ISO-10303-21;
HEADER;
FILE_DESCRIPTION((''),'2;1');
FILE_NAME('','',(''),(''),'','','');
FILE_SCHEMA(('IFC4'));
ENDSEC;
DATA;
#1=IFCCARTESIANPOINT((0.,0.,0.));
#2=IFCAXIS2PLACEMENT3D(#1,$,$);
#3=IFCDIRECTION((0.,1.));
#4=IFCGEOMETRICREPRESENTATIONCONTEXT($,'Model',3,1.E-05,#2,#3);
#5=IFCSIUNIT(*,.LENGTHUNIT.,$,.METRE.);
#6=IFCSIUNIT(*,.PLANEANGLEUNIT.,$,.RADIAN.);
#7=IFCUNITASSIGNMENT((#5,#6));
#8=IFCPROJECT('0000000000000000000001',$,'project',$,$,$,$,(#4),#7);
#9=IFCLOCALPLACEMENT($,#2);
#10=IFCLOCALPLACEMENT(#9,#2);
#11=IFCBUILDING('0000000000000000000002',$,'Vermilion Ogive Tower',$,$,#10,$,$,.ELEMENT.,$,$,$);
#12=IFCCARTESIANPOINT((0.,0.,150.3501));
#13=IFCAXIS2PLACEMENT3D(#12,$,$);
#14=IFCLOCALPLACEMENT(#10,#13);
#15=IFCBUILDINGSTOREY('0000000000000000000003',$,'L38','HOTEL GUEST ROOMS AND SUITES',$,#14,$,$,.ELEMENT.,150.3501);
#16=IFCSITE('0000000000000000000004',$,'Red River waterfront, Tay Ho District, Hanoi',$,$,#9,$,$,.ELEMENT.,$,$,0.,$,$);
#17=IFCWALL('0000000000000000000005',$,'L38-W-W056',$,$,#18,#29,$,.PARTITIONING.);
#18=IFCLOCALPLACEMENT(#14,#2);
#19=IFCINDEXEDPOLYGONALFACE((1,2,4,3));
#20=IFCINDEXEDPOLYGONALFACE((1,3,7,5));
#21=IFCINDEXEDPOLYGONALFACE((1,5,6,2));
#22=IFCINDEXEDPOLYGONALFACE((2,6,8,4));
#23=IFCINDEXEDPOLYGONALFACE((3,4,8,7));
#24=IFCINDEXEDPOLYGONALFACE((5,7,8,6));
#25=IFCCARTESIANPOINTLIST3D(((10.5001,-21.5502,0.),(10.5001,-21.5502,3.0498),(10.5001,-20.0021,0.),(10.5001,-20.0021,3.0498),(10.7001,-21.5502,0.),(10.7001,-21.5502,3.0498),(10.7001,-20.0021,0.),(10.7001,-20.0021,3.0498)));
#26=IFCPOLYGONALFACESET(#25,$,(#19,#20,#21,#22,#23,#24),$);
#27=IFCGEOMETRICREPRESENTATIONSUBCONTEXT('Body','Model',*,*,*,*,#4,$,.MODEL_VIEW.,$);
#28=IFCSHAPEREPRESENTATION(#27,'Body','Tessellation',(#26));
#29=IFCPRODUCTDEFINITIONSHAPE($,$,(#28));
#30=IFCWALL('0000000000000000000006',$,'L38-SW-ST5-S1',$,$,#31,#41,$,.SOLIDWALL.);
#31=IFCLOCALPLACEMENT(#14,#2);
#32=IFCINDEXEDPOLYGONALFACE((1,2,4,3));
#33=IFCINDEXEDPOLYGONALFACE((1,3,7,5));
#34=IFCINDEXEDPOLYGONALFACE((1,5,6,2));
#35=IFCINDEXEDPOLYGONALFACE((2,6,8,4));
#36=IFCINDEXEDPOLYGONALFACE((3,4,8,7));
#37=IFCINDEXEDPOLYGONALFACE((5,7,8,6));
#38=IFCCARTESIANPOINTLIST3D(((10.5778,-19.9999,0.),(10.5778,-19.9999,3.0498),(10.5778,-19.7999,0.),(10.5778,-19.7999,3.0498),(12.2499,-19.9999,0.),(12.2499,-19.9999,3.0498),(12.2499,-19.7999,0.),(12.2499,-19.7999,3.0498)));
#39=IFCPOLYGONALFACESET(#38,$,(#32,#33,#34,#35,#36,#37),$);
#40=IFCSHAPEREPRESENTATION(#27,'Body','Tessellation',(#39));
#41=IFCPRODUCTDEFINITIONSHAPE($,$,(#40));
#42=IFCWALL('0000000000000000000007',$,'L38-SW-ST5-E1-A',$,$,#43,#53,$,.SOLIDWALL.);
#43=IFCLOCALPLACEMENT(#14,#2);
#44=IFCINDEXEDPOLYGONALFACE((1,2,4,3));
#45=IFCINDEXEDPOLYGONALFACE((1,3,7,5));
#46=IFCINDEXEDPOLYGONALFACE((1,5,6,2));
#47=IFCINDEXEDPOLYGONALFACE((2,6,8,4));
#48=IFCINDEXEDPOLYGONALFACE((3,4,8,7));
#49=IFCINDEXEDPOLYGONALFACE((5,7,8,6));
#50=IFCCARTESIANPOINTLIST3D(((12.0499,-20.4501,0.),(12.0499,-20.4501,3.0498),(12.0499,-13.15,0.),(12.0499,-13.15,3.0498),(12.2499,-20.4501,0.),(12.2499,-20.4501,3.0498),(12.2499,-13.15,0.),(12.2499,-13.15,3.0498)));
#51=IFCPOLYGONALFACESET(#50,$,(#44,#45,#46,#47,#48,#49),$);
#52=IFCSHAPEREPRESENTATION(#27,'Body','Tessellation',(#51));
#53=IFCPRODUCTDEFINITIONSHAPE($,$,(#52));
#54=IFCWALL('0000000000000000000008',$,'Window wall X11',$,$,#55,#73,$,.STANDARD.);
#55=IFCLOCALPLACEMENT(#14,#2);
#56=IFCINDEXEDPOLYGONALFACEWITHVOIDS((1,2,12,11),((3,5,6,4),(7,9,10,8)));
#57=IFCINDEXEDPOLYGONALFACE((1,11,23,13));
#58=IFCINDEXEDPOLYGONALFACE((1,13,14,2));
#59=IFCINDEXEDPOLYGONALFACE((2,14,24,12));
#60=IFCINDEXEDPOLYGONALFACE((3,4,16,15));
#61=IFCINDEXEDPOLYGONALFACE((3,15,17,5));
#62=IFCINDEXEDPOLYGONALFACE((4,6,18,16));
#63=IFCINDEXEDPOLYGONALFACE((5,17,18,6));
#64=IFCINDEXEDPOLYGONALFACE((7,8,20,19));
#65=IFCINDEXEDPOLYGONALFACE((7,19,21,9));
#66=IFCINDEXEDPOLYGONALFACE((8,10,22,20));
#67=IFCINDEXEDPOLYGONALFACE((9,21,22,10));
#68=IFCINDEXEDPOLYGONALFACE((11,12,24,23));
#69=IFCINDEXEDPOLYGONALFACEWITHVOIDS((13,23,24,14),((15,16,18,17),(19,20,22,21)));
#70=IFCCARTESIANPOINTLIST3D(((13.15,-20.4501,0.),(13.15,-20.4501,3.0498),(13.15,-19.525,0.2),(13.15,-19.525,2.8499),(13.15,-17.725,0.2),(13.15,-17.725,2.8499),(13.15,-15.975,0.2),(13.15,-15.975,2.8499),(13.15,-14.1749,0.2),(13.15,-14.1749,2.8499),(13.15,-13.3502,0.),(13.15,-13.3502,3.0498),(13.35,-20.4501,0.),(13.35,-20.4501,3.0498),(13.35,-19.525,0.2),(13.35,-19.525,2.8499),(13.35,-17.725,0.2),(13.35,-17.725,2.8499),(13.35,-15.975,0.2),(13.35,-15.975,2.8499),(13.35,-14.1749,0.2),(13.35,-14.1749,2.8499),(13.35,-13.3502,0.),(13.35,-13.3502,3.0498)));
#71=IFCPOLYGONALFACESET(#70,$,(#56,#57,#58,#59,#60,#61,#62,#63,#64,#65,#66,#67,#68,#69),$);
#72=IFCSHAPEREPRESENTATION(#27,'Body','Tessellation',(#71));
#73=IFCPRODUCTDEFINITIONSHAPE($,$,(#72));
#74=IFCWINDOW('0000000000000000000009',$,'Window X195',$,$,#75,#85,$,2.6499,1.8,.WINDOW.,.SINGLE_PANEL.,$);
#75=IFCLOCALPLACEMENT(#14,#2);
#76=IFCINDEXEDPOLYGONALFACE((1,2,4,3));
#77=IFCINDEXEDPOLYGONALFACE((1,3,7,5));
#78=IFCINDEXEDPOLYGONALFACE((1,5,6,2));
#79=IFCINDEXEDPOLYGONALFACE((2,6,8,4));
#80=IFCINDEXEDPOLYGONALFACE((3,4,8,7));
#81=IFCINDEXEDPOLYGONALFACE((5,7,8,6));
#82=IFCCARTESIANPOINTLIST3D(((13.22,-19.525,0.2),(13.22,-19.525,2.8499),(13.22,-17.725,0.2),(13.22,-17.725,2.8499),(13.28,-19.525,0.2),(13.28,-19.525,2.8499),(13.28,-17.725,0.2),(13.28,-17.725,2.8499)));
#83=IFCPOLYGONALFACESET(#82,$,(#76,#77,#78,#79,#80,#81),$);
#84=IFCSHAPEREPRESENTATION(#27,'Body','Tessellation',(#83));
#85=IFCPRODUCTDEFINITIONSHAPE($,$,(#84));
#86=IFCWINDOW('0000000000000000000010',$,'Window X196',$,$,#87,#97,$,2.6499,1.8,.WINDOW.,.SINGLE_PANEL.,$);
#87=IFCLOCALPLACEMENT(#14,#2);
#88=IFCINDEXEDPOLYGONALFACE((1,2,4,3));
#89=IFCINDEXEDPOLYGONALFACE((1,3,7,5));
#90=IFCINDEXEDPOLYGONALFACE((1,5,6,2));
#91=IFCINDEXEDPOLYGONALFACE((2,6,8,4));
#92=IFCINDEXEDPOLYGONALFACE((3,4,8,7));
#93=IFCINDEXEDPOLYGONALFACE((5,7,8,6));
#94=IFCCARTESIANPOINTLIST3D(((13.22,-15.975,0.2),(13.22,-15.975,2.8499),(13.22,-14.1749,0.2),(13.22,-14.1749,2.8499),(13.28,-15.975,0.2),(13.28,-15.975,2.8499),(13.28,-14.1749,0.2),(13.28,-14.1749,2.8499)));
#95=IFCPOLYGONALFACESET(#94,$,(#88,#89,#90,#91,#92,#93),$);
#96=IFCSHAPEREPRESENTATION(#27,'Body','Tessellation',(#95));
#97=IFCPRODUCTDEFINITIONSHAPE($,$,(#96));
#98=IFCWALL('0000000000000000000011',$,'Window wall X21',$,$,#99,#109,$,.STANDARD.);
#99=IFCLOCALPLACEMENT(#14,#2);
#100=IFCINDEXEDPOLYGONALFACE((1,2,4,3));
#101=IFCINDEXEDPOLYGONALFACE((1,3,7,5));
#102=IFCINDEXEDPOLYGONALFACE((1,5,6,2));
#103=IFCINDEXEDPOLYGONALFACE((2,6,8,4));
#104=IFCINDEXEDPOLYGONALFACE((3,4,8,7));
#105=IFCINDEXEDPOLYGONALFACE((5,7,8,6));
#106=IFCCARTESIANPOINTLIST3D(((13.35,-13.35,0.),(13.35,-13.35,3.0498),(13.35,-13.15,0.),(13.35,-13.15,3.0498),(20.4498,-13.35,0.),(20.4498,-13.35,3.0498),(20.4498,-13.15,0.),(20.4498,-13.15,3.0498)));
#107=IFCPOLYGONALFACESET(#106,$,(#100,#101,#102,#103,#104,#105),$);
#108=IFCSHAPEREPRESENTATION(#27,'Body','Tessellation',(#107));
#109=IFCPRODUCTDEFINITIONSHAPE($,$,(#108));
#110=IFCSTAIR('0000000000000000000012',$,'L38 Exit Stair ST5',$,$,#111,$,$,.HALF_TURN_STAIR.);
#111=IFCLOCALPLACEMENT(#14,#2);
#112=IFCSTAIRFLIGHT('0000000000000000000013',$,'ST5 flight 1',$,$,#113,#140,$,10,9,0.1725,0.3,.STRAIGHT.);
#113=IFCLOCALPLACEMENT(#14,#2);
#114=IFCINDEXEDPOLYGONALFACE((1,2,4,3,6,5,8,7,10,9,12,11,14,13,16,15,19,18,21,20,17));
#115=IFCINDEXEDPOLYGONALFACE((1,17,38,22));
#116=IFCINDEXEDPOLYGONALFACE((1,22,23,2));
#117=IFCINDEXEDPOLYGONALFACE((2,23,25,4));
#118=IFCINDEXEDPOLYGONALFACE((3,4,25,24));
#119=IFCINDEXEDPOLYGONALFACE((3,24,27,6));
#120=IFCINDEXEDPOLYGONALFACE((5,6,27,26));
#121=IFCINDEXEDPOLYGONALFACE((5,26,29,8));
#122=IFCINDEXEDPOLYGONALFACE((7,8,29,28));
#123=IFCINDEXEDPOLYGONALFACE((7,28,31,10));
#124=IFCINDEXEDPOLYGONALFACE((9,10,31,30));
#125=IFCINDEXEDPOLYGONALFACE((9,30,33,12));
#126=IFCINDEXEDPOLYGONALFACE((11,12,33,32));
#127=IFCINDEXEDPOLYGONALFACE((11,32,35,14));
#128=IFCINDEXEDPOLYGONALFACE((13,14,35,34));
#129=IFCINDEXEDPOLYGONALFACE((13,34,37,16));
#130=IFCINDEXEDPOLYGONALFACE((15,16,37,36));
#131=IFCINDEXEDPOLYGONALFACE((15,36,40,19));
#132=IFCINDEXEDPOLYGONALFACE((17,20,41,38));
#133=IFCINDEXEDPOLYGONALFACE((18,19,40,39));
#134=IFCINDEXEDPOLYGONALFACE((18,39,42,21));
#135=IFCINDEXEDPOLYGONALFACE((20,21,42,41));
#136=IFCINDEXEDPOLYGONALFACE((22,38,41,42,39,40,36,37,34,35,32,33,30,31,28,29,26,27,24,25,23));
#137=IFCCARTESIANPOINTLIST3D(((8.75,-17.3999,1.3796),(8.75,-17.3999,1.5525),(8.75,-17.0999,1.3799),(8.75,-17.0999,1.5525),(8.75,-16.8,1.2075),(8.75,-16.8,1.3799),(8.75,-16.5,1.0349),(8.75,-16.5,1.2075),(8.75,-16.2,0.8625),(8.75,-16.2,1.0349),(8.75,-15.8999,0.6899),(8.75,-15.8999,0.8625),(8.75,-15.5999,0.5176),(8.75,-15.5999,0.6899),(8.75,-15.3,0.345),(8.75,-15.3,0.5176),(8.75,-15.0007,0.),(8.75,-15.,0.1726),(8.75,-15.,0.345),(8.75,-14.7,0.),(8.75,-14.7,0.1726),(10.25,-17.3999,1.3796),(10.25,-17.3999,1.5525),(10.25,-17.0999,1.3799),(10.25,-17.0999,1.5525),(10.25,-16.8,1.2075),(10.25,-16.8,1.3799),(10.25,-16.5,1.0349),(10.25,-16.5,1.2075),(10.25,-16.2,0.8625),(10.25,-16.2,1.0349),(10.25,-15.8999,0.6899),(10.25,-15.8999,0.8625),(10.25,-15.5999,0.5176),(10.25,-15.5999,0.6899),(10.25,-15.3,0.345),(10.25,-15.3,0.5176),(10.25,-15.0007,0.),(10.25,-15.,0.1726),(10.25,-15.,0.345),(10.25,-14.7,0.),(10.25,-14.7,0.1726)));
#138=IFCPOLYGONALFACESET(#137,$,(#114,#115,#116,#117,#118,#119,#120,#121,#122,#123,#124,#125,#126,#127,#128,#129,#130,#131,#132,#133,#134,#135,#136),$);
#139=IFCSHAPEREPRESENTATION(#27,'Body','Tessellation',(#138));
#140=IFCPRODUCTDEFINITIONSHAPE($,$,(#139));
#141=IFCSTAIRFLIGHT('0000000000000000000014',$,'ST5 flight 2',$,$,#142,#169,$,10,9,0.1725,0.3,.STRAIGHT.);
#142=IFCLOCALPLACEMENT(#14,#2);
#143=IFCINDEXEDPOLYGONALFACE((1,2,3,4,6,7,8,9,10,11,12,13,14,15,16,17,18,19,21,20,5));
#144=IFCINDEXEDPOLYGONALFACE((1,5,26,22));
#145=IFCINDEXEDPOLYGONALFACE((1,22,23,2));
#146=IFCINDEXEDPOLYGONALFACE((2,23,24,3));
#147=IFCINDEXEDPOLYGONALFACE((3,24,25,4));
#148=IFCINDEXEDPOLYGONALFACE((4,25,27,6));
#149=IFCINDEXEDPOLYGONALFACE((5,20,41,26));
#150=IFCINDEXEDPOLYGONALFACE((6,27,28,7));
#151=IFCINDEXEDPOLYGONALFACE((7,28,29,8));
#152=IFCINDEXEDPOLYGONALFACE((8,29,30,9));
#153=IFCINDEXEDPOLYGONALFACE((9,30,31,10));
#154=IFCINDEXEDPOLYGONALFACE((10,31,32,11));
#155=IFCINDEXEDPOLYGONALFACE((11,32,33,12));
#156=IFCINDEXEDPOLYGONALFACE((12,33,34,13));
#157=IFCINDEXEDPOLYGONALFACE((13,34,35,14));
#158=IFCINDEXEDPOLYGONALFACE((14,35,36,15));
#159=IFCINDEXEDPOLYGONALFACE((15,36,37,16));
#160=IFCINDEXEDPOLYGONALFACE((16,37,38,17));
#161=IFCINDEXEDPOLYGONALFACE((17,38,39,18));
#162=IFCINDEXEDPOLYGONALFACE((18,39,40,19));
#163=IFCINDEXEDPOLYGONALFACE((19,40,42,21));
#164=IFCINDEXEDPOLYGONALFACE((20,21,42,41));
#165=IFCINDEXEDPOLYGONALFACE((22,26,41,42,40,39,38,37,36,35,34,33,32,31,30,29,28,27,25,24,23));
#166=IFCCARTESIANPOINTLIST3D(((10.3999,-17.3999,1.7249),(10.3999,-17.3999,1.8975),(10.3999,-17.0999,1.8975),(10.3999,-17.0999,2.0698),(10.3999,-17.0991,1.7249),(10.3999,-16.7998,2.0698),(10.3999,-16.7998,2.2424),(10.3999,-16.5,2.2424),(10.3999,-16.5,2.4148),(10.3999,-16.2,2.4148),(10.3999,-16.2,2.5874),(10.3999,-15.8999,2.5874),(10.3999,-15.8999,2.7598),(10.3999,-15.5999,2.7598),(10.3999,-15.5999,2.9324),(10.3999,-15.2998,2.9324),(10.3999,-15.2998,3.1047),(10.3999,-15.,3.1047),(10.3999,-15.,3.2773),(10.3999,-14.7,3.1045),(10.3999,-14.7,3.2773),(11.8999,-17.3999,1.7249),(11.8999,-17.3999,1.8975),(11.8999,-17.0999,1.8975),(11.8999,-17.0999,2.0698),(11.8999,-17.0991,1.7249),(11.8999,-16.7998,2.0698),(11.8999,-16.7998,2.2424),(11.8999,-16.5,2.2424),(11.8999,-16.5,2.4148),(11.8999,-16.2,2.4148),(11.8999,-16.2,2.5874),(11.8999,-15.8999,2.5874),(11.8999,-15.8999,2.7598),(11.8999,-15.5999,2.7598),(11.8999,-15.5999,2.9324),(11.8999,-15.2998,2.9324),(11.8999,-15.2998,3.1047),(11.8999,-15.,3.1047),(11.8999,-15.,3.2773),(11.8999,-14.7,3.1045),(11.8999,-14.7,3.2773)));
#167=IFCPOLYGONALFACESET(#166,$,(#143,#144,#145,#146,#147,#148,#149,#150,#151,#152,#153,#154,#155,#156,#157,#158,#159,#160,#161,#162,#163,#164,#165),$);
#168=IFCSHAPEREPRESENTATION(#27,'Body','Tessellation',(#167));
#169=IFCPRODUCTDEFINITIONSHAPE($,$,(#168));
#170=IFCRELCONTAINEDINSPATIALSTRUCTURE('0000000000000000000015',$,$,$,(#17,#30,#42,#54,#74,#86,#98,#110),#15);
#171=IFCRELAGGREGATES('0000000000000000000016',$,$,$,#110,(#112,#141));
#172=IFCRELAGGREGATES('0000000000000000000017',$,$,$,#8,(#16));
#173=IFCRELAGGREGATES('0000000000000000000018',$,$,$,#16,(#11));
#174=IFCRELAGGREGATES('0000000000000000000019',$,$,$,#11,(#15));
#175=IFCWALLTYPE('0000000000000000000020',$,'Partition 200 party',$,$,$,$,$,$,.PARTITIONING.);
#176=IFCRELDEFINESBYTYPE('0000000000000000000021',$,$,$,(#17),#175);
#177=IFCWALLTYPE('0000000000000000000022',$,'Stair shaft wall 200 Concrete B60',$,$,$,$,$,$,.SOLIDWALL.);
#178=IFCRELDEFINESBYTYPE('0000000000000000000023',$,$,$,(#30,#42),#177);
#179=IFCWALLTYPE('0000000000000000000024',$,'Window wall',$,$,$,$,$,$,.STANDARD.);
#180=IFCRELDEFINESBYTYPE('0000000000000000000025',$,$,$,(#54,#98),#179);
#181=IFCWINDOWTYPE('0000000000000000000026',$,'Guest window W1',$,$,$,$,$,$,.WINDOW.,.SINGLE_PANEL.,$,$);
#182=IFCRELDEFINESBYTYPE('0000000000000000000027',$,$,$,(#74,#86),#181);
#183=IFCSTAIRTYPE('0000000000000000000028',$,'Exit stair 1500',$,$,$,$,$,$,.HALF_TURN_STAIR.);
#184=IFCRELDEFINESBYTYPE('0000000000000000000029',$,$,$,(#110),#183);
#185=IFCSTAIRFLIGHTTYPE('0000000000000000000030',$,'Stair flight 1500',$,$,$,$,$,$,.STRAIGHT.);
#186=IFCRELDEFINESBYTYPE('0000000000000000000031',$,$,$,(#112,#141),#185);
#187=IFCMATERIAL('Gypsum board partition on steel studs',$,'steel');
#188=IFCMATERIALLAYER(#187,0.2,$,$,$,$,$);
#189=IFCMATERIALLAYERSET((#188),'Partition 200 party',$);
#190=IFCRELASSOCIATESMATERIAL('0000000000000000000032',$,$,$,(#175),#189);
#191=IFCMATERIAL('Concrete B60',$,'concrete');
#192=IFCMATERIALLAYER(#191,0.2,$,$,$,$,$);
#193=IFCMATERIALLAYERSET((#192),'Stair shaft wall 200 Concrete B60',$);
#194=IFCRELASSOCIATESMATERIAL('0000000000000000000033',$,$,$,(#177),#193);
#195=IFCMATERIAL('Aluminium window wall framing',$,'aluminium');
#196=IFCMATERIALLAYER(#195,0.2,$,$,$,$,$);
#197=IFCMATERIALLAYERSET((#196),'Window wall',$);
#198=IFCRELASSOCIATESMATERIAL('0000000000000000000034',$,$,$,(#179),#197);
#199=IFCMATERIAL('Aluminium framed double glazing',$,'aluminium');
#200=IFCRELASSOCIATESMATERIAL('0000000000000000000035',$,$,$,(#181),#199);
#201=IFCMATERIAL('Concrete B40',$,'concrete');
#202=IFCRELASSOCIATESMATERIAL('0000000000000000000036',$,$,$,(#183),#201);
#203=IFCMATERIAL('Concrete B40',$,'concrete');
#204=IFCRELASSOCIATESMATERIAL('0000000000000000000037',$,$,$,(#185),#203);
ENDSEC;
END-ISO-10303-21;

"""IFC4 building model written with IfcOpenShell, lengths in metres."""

from ifc_helpers import new_model, si_unit, direction, frame, frame_2d, origin, place, context, subcontext, project, spatial, polyline, rectangle, outline, extrude, material, layer, layer_set, type_object, element, fill, aggregate, save


model = new_model("IFC4")

# Units and contexts
model_context = context("Model", 3, precision=1e-05, world=origin(), true_north=direction((0.0, 1.0)))
body_context = subcontext(model_context, "Body", "Model", "MODEL_VIEW")
ifc_project = project(units=[si_unit("LENGTHUNIT", "METRE"), si_unit("PLANEANGLEUNIT", "RADIAN")], contexts=[model_context])

# Site, building, storey
site_placement = place(None, origin())
site = spatial("IfcSite", under=ifc_project, at=site_placement, Name="Red River waterfront, Tay Ho District, Hanoi", CompositionType="ELEMENT", RefElevation=0.0)
building_placement = place(site_placement, origin())
building = spatial("IfcBuilding", under=site, at=building_placement, Name="Vermilion Ogive Tower", CompositionType="ELEMENT")
storey_placement = place(building_placement, frame((0.0, 0.0, 150.3501)))
storey = spatial("IfcBuildingStorey", under=building, at=storey_placement, Name="L38", Description="HOTEL GUEST ROOMS AND SUITES", CompositionType="ELEMENT", Elevation=150.3501)

# Walls
ifc_material_1 = material(Name="Gypsum board partition on steel studs", Category="steel")
ifc_layer_1 = layer(ifc_material_1, 0.2)
ifc_layer_set_1 = layer_set([ifc_layer_1], Name="Partition 200 party")
wall_type_1 = type_object("IfcWallType", Name="Partition 200 party", PredefinedType="PARTITIONING", material=ifc_layer_set_1)
wall_1_placement = place(storey_placement, frame((10.6001, -21.55, 0.0), z_axis=(0.0, 0.0, 1.0), x_axis=(0.0, 1.0, 0.0)))
element("IfcWall", 1, at=wall_1_placement, inside=storey, type_object=wall_type_1, Name="L38-W-W056", PredefinedType="PARTITIONING", context=body_context, shape_type="SweptSolid", body=[
    extrude(rectangle(XDim=1.5481, YDim=0.2, at=frame_2d((0.7739, 0.0))), origin(), (0.0, 0.0, 1.0), 3.0498),
])
ifc_material_2 = material(Name="Concrete B60", Category="concrete")
ifc_layer_2 = layer(ifc_material_2, 0.2)
ifc_layer_set_2 = layer_set([ifc_layer_2], Name="Stair shaft wall 200 Concrete B60")
wall_type_2 = type_object("IfcWallType", Name="Stair shaft wall 200 Concrete B60", PredefinedType="SOLIDWALL", material=ifc_layer_set_2)
wall_2_placement = place(storey_placement, frame((10.5779, -19.8999, 0.0), z_axis=(0.0, 0.0, 1.0), x_axis=(1.0, 0.0, 0.0)))
element("IfcWall", 2, at=wall_2_placement, inside=storey, type_object=wall_type_2, Name="L38-SW-ST5-S1", PredefinedType="SOLIDWALL", context=body_context, shape_type="SweptSolid", body=[
    extrude(rectangle(XDim=1.6721, YDim=0.2, at=frame_2d((0.8359, 0.0))), origin(), (0.0, 0.0, 1.0), 3.0498),
])
wall_3_placement = place(storey_placement, frame((12.1499, -20.45, 0.0), z_axis=(0.0, 0.0, 1.0), x_axis=(0.0, 1.0, 0.0)))
element("IfcWall", 3, at=wall_3_placement, inside=storey, type_object=wall_type_2, Name="L38-SW-ST5-E1-A", PredefinedType="SOLIDWALL", context=body_context, shape_type="SweptSolid", body=[
    extrude(rectangle(XDim=7.3, YDim=0.2, at=frame_2d((3.6499, 0.0))), origin(), (0.0, 0.0, 1.0), 3.0498),
])

# Wall, openings, windows
ifc_material_3 = material(Name="Aluminium window wall framing", Category="aluminium")
ifc_layer_3 = layer(ifc_material_3, 0.2)
ifc_layer_set_3 = layer_set([ifc_layer_3], Name="Window wall")
wall_type_3 = type_object("IfcWallType", Name="Window wall", PredefinedType="STANDARD", material=ifc_layer_set_3)
wall_4_placement = place(storey_placement, frame((13.25, -20.45, 0.0), z_axis=(0.0, 0.0, 1.0), x_axis=(0.0, 1.0, 0.0)))
wall_4 = element("IfcWall", 4, at=wall_4_placement, inside=storey, type_object=wall_type_3, Name="Window wall X11", PredefinedType="STANDARD", context=body_context, shape_type="SweptSolid", body=[
    extrude(rectangle(XDim=7.0999, YDim=0.2, at=frame_2d((3.5498, 0.0))), origin(), (0.0, 0.0, 1.0), 3.0498),
])
opening_1_placement = place(wall_4_placement, frame((0.925, 0.0, 0.2)))
opening_1 = element("IfcOpeningElement", 5, at=opening_1_placement, cuts=wall_4, PredefinedType="OPENING", context=body_context, shape_type="SweptSolid", body=[
    extrude(rectangle(XDim=1.8, YDim=2.6499, at=frame_2d((0.8999, 1.325))), frame((0.0, 0.1099, 0.0), z_axis=(0.0, -1.0, 0.0), x_axis=(1.0, 0.0, 0.0)), (0.0, 0.0, 1.0), 0.22),
])
opening_2_placement = place(wall_4_placement, frame((4.4751, 0.0, 0.2)))
opening_2 = element("IfcOpeningElement", 6, at=opening_2_placement, cuts=wall_4, PredefinedType="OPENING", context=body_context, shape_type="SweptSolid", body=[
    extrude(rectangle(XDim=1.8, YDim=2.6499, at=frame_2d((0.8999, 1.325))), frame((0.0, 0.1099, 0.0), z_axis=(0.0, -1.0, 0.0), x_axis=(1.0, 0.0, 0.0)), (0.0, 0.0, 1.0), 0.22),
])
ifc_material_4 = material(Name="Aluminium framed double glazing", Category="aluminium")
window_type = type_object("IfcWindowType", Name="Guest window W1", PartitioningType="SINGLE_PANEL", PredefinedType="WINDOW", material=ifc_material_4)
window_1_placement = place(opening_1_placement, origin())
window_1 = element("IfcWindow", 7, at=window_1_placement, inside=storey, type_object=window_type, Name="Window X195", OverallHeight=2.6499, OverallWidth=1.8, PartitioningType="SINGLE_PANEL", PredefinedType="WINDOW", context=body_context, shape_type="SweptSolid", body=[
    extrude(rectangle(XDim=1.8, YDim=2.6499, at=frame_2d((0.8999, 1.325))), frame((0.0, 0.03, 0.0), z_axis=(0.0, -1.0, 0.0), x_axis=(1.0, 0.0, 0.0)), (0.0, 0.0, 1.0), 0.0601),
])
fill(opening_1, window_1)
window_2_placement = place(opening_2_placement, origin())
window_2 = element("IfcWindow", 8, at=window_2_placement, inside=storey, type_object=window_type, Name="Window X196", OverallHeight=2.6499, OverallWidth=1.8, PartitioningType="SINGLE_PANEL", PredefinedType="WINDOW", context=body_context, shape_type="SweptSolid", body=[
    extrude(rectangle(XDim=1.8, YDim=2.6499, at=frame_2d((0.8999, 1.325))), frame((0.0, 0.03, 0.0), z_axis=(0.0, -1.0, 0.0), x_axis=(1.0, 0.0, 0.0)), (0.0, 0.0, 1.0), 0.0601),
])
fill(opening_2, window_2)

# Wall
wall_5_placement = place(storey_placement, frame((13.3501, -13.25, 0.0), z_axis=(0.0, 0.0, 1.0), x_axis=(1.0, 0.0, 0.0)))
element("IfcWall", 9, at=wall_5_placement, inside=storey, type_object=wall_type_3, Name="Window wall X21", PredefinedType="STANDARD", context=body_context, shape_type="SweptSolid", body=[
    extrude(rectangle(XDim=7.0999, YDim=0.2, at=frame_2d((3.5498, 0.0))), origin(), (0.0, 0.0, 1.0), 3.0498),
])

# Stair, stair flights
ifc_material_5 = material(Name="Concrete B40", Category="concrete")
stair_type = type_object("IfcStairType", Name="Exit stair 1500", PredefinedType="HALF_TURN_STAIR", material=ifc_material_5)
stair_placement = place(storey_placement, origin())
stair = element("IfcStair", 10, at=stair_placement, inside=storey, type_object=stair_type, Name="L38 Exit Stair ST5", PredefinedType="HALF_TURN_STAIR")
ifc_material_6 = material(Name="Concrete B40", Category="concrete")
stair_flight_type = type_object("IfcStairFlightType", Name="Stair flight 1500", PredefinedType="STRAIGHT", material=ifc_material_6)
stair_flight_1_placement = place(storey_placement, frame((9.5, -14.7, 0.0), z_axis=(0.0, 0.0, 1.0), x_axis=(0.0, -1.0, 0.0)))
stair_flight_1 = element("IfcStairFlight", 11, at=stair_flight_1_placement, type_object=stair_flight_type, Name="ST5 flight 1", NumberOfRisers=10, NumberOfTreads=9, PredefinedType="STRAIGHT", RiserHeight=0.1725, TreadLength=0.3, context=body_context, shape_type="SweptSolid", body=[
    extrude(outline(polyline([(0.0, 0.0), (0.0, 0.1726), (0.3, 0.1726), (0.3, 0.345), (0.6001, 0.345), (0.6001, 0.5176), (0.8999, 0.5176), (0.8999, 0.6899), (1.2, 0.6899), (1.2, 0.8625), (1.5, 0.8625), (1.5, 1.0349), (1.8, 1.0349), (1.8, 1.2075), (2.1001, 1.2075), (2.1001, 1.3799), (2.3999, 1.3799), (2.3999, 1.5525), (2.7, 1.5525), (2.7, 1.7251), (2.7, 1.3796), (0.3008, 0.0), (0.0, 0.0)])), frame((0.0, 0.75, 0.0), z_axis=(0.0, -1.0, 0.0), x_axis=(1.0, 0.0, 0.0)), (0.0, 0.0, 1.0), 1.5),
])
stair_flight_2_placement = place(storey_placement, frame((11.1499, -17.3999, 1.7249), z_axis=(0.0, 0.0, 1.0), x_axis=(0.0, 1.0, 0.0)))
stair_flight_2 = element("IfcStairFlight", 12, at=stair_flight_2_placement, type_object=stair_flight_type, Name="ST5 flight 2", NumberOfRisers=10, NumberOfTreads=9, PredefinedType="STRAIGHT", RiserHeight=0.1725, TreadLength=0.3, context=body_context, shape_type="SweptSolid", body=[
    extrude(outline(polyline([(0.0, 0.0), (0.0, 0.1726), (0.3, 0.1726), (0.3, 0.345), (0.6001, 0.345), (0.6001, 0.5176), (0.8999, 0.5176), (0.8999, 0.6899), (1.2, 0.6899), (1.2, 0.8625), (1.5, 0.8625), (1.5, 1.0349), (1.8, 1.0349), (1.8, 1.2075), (2.1001, 1.2075), (2.1001, 1.3799), (2.3999, 1.3799), (2.3999, 1.5525), (2.7, 1.5525), (2.7, 1.7251), (2.7, 1.3796), (0.3008, 0.0), (0.0, 0.0)])), frame((0.0, 0.75, 0.0), z_axis=(0.0, -1.0, 0.0), x_axis=(1.0, 0.0, 0.0)), (0.0, 0.0, 1.0), 1.5),
])
aggregate(stair, [stair_flight_1, stair_flight_2])

save(model, "model.ifc")
